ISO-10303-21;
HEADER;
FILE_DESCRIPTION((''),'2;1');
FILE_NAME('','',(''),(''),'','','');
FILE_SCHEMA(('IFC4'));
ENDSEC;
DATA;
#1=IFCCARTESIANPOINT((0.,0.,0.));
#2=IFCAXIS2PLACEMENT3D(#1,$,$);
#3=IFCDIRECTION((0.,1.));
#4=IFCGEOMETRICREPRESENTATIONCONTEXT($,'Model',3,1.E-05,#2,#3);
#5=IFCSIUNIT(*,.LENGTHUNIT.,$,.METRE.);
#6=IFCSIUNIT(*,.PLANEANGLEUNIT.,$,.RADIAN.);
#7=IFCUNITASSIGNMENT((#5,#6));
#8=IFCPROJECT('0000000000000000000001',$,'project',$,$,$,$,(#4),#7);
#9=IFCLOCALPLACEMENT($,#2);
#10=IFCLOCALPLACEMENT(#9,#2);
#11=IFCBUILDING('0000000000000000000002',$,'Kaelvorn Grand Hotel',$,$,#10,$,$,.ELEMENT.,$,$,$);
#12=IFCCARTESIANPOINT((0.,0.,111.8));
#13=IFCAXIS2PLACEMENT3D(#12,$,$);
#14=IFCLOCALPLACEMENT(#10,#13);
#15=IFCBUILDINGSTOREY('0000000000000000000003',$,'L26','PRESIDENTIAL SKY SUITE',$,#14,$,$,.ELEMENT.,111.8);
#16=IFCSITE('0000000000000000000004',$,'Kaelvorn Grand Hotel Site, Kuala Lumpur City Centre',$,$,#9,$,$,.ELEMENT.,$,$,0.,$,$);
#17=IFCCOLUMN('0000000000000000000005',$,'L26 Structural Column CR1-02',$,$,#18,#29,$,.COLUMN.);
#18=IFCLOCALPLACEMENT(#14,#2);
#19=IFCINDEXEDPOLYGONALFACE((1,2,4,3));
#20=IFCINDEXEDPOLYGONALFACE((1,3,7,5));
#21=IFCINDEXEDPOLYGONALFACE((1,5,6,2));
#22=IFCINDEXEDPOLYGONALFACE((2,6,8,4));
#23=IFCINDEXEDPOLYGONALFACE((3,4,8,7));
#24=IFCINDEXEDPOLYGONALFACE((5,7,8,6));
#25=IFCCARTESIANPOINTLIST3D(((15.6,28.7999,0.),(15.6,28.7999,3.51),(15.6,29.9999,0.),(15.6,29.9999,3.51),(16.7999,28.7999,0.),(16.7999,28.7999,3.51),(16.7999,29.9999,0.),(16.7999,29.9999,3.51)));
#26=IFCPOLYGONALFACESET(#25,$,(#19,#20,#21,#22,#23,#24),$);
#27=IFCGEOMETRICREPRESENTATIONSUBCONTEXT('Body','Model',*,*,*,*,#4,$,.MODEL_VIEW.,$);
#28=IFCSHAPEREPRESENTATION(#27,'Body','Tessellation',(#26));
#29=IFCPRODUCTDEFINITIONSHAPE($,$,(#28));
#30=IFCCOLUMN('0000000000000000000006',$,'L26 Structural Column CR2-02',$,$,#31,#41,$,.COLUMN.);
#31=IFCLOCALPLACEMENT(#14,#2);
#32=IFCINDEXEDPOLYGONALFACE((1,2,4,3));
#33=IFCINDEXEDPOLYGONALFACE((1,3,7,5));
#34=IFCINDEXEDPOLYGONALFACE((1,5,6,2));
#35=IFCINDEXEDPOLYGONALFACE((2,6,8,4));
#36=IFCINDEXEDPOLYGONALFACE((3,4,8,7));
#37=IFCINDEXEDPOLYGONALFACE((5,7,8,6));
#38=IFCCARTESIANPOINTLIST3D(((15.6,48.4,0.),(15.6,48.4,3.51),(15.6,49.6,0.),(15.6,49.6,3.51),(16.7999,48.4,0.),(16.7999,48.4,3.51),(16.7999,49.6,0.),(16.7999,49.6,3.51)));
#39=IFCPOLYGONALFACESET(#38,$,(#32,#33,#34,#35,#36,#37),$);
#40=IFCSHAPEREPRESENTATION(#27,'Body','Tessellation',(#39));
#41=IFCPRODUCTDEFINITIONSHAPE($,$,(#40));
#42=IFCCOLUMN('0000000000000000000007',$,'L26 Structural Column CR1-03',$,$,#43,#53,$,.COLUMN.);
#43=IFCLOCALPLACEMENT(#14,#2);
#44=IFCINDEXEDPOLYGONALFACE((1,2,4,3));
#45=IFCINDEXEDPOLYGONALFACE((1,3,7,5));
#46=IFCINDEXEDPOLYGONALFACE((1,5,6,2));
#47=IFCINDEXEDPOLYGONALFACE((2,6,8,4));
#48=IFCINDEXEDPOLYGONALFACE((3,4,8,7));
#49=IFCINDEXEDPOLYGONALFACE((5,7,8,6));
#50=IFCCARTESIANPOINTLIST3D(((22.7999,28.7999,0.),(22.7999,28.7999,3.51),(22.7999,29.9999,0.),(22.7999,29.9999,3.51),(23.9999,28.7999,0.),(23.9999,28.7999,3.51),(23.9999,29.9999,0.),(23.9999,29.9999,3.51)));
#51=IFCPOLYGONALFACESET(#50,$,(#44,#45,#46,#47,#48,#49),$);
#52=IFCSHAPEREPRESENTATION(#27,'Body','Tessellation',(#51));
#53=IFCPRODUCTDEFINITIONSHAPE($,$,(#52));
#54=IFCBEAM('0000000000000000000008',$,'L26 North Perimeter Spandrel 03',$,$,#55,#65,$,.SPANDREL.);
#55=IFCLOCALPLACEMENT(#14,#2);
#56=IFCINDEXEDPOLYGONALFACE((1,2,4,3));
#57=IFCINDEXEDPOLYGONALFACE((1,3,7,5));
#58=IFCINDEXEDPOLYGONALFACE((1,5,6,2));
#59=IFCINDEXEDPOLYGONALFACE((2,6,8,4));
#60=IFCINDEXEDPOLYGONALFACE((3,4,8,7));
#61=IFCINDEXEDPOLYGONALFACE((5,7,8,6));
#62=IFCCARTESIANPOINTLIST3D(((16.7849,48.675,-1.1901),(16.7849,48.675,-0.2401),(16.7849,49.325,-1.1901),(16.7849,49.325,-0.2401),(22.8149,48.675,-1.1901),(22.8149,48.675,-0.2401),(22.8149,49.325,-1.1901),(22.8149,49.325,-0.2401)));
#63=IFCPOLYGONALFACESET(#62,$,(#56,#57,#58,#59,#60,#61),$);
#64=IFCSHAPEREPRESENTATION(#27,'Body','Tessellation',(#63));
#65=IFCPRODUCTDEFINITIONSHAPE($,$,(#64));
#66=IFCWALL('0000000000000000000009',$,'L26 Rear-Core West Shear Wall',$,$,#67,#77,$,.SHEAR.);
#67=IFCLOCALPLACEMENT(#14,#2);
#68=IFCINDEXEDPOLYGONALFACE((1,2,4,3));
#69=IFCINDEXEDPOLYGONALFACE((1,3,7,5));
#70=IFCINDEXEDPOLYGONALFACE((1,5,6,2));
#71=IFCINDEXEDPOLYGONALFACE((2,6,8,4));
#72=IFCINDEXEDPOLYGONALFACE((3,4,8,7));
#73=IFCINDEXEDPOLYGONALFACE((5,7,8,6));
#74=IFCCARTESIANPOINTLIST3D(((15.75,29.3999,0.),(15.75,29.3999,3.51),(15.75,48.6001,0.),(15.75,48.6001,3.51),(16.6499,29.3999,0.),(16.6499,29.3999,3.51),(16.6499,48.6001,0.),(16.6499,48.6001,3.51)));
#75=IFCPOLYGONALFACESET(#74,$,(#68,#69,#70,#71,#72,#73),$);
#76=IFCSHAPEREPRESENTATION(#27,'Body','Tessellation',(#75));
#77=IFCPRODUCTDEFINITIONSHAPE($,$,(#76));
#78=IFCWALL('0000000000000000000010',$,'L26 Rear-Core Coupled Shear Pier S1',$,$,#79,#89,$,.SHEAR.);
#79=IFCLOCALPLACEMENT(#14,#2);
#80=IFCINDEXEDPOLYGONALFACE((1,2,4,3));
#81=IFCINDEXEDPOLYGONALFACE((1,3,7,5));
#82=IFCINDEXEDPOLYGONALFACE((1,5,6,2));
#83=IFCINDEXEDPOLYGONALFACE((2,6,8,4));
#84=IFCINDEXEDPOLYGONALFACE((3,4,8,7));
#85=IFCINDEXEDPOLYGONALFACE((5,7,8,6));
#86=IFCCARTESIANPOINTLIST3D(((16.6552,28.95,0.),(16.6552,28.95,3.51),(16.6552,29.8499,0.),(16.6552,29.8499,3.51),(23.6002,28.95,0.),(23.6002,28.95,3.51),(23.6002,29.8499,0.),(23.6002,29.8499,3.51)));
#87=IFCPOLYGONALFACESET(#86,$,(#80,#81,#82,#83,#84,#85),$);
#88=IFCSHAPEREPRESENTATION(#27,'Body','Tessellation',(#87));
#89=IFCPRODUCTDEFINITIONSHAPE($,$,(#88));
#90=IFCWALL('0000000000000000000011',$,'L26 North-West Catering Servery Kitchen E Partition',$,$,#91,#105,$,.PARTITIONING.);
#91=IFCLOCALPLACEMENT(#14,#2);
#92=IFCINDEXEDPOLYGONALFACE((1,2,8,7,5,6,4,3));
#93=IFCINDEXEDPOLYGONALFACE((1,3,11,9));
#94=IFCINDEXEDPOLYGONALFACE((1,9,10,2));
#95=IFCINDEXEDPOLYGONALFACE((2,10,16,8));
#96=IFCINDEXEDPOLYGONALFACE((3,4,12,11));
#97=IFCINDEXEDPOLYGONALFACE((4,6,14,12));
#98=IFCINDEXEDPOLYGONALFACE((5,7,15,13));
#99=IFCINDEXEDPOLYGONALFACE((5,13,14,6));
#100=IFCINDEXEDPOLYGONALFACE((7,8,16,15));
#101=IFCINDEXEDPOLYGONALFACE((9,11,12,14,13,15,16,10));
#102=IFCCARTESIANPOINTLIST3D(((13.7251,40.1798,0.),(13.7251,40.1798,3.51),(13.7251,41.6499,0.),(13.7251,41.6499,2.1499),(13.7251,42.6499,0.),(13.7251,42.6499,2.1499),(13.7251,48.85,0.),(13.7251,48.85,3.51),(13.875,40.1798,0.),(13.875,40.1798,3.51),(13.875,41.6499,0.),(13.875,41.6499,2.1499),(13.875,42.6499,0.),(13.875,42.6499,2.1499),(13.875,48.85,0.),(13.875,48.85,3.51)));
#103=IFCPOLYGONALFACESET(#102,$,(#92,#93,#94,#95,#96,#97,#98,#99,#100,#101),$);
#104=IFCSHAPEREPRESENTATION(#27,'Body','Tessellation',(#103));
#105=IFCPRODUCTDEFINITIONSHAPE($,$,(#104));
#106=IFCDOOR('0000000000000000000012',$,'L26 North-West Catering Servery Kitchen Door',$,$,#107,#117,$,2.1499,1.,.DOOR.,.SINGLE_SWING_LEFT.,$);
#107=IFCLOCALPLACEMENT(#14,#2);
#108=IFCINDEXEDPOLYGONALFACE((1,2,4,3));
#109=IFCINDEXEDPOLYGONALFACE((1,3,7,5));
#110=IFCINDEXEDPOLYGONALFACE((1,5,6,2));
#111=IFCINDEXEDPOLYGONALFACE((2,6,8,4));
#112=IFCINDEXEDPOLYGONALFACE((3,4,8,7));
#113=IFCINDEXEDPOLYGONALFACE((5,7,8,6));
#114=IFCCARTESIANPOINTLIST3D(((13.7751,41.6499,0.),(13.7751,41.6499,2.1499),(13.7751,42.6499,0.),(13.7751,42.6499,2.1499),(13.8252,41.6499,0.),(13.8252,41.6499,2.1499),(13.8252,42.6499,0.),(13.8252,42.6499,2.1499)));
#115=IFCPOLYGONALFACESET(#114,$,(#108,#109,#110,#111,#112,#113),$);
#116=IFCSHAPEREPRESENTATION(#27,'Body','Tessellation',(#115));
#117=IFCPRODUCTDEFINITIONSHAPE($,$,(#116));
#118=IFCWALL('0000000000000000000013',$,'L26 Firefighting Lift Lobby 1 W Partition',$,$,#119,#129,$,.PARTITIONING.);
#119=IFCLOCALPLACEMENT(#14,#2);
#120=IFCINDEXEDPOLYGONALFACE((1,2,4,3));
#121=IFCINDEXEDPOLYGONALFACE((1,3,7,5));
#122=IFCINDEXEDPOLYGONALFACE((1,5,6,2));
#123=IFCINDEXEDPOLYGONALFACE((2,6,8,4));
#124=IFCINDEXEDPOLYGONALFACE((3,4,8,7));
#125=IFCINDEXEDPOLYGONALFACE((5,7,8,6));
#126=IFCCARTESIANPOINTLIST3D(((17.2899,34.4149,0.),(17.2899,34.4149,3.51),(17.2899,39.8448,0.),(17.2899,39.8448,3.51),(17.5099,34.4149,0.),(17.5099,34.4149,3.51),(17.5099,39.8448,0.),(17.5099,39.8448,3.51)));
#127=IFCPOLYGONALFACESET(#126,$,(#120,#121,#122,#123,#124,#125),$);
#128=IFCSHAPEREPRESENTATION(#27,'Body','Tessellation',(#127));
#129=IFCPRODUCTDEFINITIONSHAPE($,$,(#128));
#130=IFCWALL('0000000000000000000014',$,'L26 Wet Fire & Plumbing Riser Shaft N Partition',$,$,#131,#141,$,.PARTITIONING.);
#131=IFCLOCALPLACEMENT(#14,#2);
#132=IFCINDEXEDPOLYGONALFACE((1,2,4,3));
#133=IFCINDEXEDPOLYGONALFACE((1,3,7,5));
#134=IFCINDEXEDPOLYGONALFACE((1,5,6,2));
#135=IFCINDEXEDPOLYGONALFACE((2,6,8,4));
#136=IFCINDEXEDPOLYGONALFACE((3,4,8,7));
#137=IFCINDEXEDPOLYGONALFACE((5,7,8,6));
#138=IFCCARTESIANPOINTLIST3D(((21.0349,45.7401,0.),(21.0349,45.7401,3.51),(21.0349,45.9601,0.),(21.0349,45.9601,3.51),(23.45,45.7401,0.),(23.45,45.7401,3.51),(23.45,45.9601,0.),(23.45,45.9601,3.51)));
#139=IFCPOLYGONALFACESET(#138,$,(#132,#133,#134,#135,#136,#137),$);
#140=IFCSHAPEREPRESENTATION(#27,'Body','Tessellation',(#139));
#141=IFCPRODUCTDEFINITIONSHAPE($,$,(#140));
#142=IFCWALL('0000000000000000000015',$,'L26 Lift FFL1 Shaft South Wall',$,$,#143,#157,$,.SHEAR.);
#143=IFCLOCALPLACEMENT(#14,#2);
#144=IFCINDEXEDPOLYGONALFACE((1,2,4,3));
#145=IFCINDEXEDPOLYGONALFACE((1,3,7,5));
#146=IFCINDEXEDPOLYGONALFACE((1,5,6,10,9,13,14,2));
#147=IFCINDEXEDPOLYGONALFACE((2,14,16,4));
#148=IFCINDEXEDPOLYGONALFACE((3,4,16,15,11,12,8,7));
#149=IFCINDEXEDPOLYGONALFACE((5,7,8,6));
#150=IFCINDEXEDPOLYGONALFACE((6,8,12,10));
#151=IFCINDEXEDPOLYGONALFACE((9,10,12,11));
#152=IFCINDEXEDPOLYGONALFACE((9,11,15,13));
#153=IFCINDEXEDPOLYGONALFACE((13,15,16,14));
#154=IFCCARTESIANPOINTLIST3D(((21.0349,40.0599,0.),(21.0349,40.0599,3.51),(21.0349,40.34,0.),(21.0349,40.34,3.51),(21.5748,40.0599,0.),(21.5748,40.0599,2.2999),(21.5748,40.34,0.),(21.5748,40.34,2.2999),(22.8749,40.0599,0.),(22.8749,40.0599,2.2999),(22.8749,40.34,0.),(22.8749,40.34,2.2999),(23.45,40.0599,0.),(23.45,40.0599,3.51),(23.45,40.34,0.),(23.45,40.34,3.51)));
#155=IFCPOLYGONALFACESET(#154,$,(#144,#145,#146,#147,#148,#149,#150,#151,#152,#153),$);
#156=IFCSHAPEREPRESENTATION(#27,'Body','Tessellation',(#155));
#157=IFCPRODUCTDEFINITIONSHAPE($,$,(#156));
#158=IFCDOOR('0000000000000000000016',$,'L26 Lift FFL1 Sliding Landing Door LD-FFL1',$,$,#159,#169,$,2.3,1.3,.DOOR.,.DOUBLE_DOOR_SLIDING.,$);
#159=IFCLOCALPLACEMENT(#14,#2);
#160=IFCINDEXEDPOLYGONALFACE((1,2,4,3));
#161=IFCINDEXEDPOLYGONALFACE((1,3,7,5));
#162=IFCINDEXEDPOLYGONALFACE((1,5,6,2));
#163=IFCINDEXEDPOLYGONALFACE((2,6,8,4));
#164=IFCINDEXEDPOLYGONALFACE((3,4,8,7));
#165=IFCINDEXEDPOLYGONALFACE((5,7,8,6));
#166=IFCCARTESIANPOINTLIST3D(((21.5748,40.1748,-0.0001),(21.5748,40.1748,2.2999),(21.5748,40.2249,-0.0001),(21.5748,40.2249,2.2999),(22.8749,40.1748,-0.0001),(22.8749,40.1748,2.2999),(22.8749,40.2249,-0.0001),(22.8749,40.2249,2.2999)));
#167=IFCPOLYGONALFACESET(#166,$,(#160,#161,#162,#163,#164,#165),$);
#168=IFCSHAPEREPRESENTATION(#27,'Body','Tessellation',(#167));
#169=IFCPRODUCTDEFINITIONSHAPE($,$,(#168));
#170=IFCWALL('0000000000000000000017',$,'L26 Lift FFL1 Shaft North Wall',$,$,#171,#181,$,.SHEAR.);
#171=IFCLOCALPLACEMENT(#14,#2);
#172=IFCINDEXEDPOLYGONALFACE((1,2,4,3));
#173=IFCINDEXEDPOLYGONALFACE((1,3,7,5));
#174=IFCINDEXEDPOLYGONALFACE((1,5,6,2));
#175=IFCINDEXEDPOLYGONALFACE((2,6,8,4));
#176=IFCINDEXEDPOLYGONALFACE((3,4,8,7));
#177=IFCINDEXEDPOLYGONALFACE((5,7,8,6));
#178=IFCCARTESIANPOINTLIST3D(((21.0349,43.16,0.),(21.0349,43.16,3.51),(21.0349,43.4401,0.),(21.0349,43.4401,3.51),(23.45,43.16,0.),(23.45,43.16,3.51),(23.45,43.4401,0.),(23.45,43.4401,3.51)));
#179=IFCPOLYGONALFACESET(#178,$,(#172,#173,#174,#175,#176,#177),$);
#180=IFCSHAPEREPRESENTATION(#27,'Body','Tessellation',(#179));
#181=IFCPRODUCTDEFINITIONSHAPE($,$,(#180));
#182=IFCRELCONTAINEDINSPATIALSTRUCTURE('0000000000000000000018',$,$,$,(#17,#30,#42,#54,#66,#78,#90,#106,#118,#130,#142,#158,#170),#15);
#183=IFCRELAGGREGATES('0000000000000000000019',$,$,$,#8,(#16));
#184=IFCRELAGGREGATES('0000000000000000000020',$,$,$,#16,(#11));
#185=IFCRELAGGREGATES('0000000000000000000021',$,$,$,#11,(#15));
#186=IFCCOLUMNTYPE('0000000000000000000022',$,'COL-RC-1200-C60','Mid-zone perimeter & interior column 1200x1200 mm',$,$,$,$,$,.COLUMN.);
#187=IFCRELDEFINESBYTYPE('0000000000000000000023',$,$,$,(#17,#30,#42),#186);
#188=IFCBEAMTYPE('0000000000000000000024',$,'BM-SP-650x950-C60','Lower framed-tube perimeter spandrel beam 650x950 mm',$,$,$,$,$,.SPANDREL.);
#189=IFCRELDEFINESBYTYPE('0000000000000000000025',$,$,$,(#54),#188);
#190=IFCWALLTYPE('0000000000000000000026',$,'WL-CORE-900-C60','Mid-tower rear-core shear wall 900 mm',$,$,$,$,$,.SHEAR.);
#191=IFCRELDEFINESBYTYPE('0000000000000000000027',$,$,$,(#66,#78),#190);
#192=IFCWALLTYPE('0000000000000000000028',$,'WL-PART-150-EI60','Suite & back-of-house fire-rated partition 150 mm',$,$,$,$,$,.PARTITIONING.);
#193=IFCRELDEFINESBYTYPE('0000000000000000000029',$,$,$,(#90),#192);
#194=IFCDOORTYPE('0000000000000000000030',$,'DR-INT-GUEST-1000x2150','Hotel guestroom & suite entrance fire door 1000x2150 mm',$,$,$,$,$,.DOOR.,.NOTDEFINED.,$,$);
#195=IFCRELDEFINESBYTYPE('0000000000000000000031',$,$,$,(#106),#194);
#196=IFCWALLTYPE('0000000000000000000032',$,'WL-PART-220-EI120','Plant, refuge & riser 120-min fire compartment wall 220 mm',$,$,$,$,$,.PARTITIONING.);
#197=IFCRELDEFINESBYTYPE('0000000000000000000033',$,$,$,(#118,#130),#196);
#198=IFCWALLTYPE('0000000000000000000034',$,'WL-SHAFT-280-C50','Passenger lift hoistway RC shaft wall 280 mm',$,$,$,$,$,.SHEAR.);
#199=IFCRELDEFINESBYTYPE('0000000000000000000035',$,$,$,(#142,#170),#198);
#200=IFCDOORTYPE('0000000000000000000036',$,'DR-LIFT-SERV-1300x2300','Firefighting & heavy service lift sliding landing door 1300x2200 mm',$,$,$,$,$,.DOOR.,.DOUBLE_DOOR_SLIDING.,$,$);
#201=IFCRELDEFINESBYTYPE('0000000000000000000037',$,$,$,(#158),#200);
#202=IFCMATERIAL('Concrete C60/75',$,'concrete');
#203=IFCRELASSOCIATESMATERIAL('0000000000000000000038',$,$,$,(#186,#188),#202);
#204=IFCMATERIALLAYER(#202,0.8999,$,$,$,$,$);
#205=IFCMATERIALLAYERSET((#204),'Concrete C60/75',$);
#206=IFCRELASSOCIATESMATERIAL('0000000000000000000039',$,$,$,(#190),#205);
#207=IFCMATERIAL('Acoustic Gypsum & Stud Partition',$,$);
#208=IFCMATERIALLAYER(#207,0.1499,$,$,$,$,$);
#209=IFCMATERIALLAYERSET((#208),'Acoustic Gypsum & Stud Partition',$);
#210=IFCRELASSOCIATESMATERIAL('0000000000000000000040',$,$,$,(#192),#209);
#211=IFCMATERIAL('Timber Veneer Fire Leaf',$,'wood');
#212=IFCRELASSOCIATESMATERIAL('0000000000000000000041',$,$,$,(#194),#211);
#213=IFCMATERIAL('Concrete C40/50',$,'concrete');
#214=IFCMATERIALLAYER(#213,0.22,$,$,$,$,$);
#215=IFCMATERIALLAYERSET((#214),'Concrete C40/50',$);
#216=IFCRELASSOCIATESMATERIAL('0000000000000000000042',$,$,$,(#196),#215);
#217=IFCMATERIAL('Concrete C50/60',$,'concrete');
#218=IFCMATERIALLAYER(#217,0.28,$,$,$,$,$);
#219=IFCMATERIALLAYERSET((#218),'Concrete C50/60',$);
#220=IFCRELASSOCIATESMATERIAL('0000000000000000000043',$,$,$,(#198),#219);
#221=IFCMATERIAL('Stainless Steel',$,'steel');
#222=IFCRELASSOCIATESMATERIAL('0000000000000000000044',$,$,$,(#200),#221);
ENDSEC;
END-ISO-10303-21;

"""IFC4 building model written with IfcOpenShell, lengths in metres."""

from ifc_helpers import new_model, si_unit, direction, frame, frame_2d, origin, origin_2d, place, context, subcontext, project, spatial, rectangle, extrude, material, layer, layer_set, material_profile, profile_set, type_object, element, fill, save


model = new_model("IFC4")

# Units and contexts
model_context = context("Model", 3, precision=1e-05, world=origin(), true_north=direction((0.0, 1.0)))
body_context = subcontext(model_context, "Body", "Model", "MODEL_VIEW")
ifc_project = project(units=[si_unit("LENGTHUNIT", "METRE"), si_unit("PLANEANGLEUNIT", "RADIAN")], contexts=[model_context])

# Site, building, storey
site_placement = place(None, origin())
site = spatial("IfcSite", under=ifc_project, at=site_placement, Name="Kaelvorn Grand Hotel Site, Kuala Lumpur City Centre", CompositionType="ELEMENT", RefElevation=0.0)
building_placement = place(site_placement, origin())
building = spatial("IfcBuilding", under=site, at=building_placement, Name="Kaelvorn Grand Hotel", CompositionType="ELEMENT")
storey_placement = place(building_placement, frame((0.0, 0.0, 111.8)))
storey = spatial("IfcBuildingStorey", under=building, at=storey_placement, Name="L26", Description="PRESIDENTIAL SKY SUITE", CompositionType="ELEMENT", Elevation=111.8)

# Columns
ifc_material_1 = material(Name="Concrete C60/75", Category="concrete")
ifc_material_profile_1 = material_profile(ifc_material_1, rectangle(XDim=1.2, YDim=1.2, at=origin_2d()), Name="RC COL 1200x1200")
ifc_profile_set_1 = profile_set([ifc_material_profile_1], Name="Concrete C60/75")
column_type = type_object("IfcColumnType", Name="COL-RC-1200-C60", Description="Mid-zone perimeter & interior column 1200x1200 mm", PredefinedType="COLUMN", material=ifc_profile_set_1)
for number, where, z_axis, x_axis, name in (
    (1, (16.2, 29.3999, 0.0), (0.0, 0.0, 1.0), (1.0, 0.0, 0.0), "L26 Structural Column CR1-02"),
    (2, (16.2, 49.0, 0.0), (0.0, 0.0, 1.0), (1.0, 0.0, 0.0), "L26 Structural Column CR2-02"),
    (3, (23.3999, 29.3999, 0.0), (0.0, 0.0, 1.0), (1.0, 0.0, 0.0), "L26 Structural Column CR1-03"),
):
    element("IfcColumn", number, at=place(storey_placement, frame(where, z_axis=z_axis, x_axis=x_axis)), inside=storey, type_object=column_type, Name=name, PredefinedType="COLUMN", context=body_context, shape_type="SweptSolid", body=[
        extrude(rectangle(XDim=1.2, YDim=1.2, at=origin_2d()), origin(), (0.0, 0.0, 1.0), 3.51),
    ])

# Beam
ifc_material_profile_2 = material_profile(ifc_material_1, rectangle(XDim=0.6499, YDim=0.95, at=origin_2d()), Name="RC SPANDREL 650x950")
ifc_profile_set_2 = profile_set([ifc_material_profile_2], Name="Concrete C60/75")
beam_type = type_object("IfcBeamType", Name="BM-SP-650x950-C60", Description="Lower framed-tube perimeter spandrel beam 650x950 mm", PredefinedType="SPANDREL", material=ifc_profile_set_2)
beam_placement = place(storey_placement, frame((16.7849, 49.0, -0.7151), z_axis=(1.0, 0.0, 0.0), x_axis=(0.0, 1.0, 0.0)))
element("IfcBeam", 4, at=beam_placement, inside=storey, type_object=beam_type, Name="L26 North Perimeter Spandrel 03", PredefinedType="SPANDREL", context=body_context, shape_type="SweptSolid", body=[
    extrude(rectangle(XDim=0.6499, YDim=0.95, at=origin_2d()), origin(), (0.0, 0.0, 1.0), 6.03),
])

# Walls
ifc_layer_1 = layer(ifc_material_1, 0.8999)
ifc_layer_set_1 = layer_set([ifc_layer_1], Name="Concrete C60/75")
wall_type_1 = type_object("IfcWallType", Name="WL-CORE-900-C60", Description="Mid-tower rear-core shear wall 900 mm", PredefinedType="SHEAR", material=ifc_layer_set_1)
wall_1_placement = place(storey_placement, frame((16.2, 29.3999, 0.0), z_axis=(0.0, 0.0, 1.0), x_axis=(0.0, 1.0, 0.0)))
element("IfcWall", 5, at=wall_1_placement, inside=storey, type_object=wall_type_1, Name="L26 Rear-Core West Shear Wall", PredefinedType="SHEAR", context=body_context, shape_type="SweptSolid", body=[
    extrude(rectangle(XDim=19.2002, YDim=0.8999, at=frame_2d((9.6001, 0.0))), origin(), (0.0, 0.0, 1.0), 3.51),
])
wall_2_placement = place(storey_placement, frame((16.655, 29.3999, 0.0), z_axis=(0.0, 0.0, 1.0), x_axis=(1.0, 0.0, 0.0)))
element("IfcWall", 6, at=wall_2_placement, inside=storey, type_object=wall_type_1, Name="L26 Rear-Core Coupled Shear Pier S1", PredefinedType="SHEAR", context=body_context, shape_type="SweptSolid", body=[
    extrude(rectangle(XDim=6.9451, YDim=0.8999, at=frame_2d((3.4727, 0.0))), origin(), (0.0, 0.0, 1.0), 3.51),
])

# Wall, opening, door
ifc_material_2 = material(Name="Acoustic Gypsum & Stud Partition")
ifc_layer_2 = layer(ifc_material_2, 0.1499)
ifc_layer_set_2 = layer_set([ifc_layer_2], Name="Acoustic Gypsum & Stud Partition")
wall_type_2 = type_object("IfcWallType", Name="WL-PART-150-EI60", Description="Suite & back-of-house fire-rated partition 150 mm", PredefinedType="PARTITIONING", material=ifc_layer_set_2)
wall_3_placement = place(storey_placement, frame((13.8, 40.1799, 0.0), z_axis=(0.0, 0.0, 1.0), x_axis=(0.0, 1.0, 0.0)))
wall_3 = element("IfcWall", 7, at=wall_3_placement, inside=storey, type_object=wall_type_2, Name="L26 North-West Catering Servery Kitchen E Partition", PredefinedType="PARTITIONING", context=body_context, shape_type="SweptSolid", body=[
    extrude(rectangle(XDim=8.6702, YDim=0.1499, at=frame_2d((4.335, 0.0))), origin(), (0.0, 0.0, 1.0), 3.51),
])
opening_1_placement = place(wall_3_placement, frame((1.47, 0.0, 0.0)))
opening_1 = element("IfcOpeningElement", 8, at=opening_1_placement, cuts=wall_3, PredefinedType="OPENING", context=body_context, shape_type="SweptSolid", body=[
    extrude(rectangle(XDim=1.0, YDim=2.1499, at=frame_2d((0.5, 1.075))), frame((0.0, 0.085, 0.0), z_axis=(0.0, -1.0, 0.0), x_axis=(1.0, 0.0, 0.0)), (0.0, 0.0, 1.0), 0.1699),
])
ifc_material_3 = material(Name="Timber Veneer Fire Leaf", Category="wood")
door_type_1 = type_object("IfcDoorType", Name="DR-INT-GUEST-1000x2150", Description="Hotel guestroom & suite entrance fire door 1000x2150 mm", OperationType="NOTDEFINED", PredefinedType="DOOR", material=ifc_material_3)
door_1_placement = place(opening_1_placement, origin())
door_1 = element("IfcDoor", 9, at=door_1_placement, inside=storey, type_object=door_type_1, Name="L26 North-West Catering Servery Kitchen Door", OperationType="SINGLE_SWING_LEFT", OverallHeight=2.1499, OverallWidth=1.0, PredefinedType="DOOR", context=body_context, shape_type="SweptSolid", body=[
    extrude(rectangle(XDim=1.0, YDim=2.1499, at=frame_2d((0.5, 1.075))), frame((0.0, 0.0249, 0.0), z_axis=(0.0, -1.0, 0.0), x_axis=(1.0, 0.0, 0.0)), (0.0, 0.0, 1.0), 0.05),
])
fill(opening_1, door_1)
ifc_material_4 = material(Name="Concrete C40/50", Category="concrete")
ifc_layer_3 = layer(ifc_material_4, 0.22)
ifc_layer_set_3 = layer_set([ifc_layer_3], Name="Concrete C40/50")
wall_type_3 = type_object("IfcWallType", Name="WL-PART-220-EI120", Description="Plant, refuge & riser 120-min fire compartment wall 220 mm", PredefinedType="PARTITIONING", material=ifc_layer_set_3)

# Walls
wall_4_placement = place(storey_placement, frame((17.3999, 34.415, 0.0), z_axis=(0.0, 0.0, 1.0), x_axis=(0.0, 1.0, 0.0)))
element("IfcWall", 10, at=wall_4_placement, inside=storey, type_object=wall_type_3, Name="L26 Firefighting Lift Lobby 1 W Partition", PredefinedType="PARTITIONING", context=body_context, shape_type="SweptSolid", body=[
    extrude(rectangle(XDim=5.4299, YDim=0.22, at=frame_2d((2.7148, 0.0))), origin(), (0.0, 0.0, 1.0), 3.51),
])
wall_5_placement = place(storey_placement, frame((21.0349, 45.8501, 0.0), z_axis=(0.0, 0.0, 1.0), x_axis=(1.0, 0.0, 0.0)))
element("IfcWall", 11, at=wall_5_placement, inside=storey, type_object=wall_type_3, Name="L26 Wet Fire & Plumbing Riser Shaft N Partition", PredefinedType="PARTITIONING", context=body_context, shape_type="SweptSolid", body=[
    extrude(rectangle(XDim=2.415, YDim=0.22, at=frame_2d((1.2075, 0.0))), origin(), (0.0, 0.0, 1.0), 3.51),
])

# Wall, opening, door
ifc_material_5 = material(Name="Concrete C50/60", Category="concrete")
ifc_layer_4 = layer(ifc_material_5, 0.28)
ifc_layer_set_4 = layer_set([ifc_layer_4], Name="Concrete C50/60")
wall_type_4 = type_object("IfcWallType", Name="WL-SHAFT-280-C50", Description="Passenger lift hoistway RC shaft wall 280 mm", PredefinedType="SHEAR", material=ifc_layer_set_4)
wall_6_placement = place(storey_placement, frame((21.0349, 40.2, 0.0), z_axis=(0.0, 0.0, 1.0), x_axis=(1.0, 0.0, 0.0)))
wall_6 = element("IfcWall", 12, at=wall_6_placement, inside=storey, type_object=wall_type_4, Name="L26 Lift FFL1 Shaft South Wall", PredefinedType="SHEAR", context=body_context, shape_type="SweptSolid", body=[
    extrude(rectangle(XDim=2.415, YDim=0.28, at=frame_2d((1.2075, 0.0))), origin(), (0.0, 0.0, 1.0), 3.51),
])
opening_2_placement = place(wall_6_placement, frame((0.54, 0.0, 0.0)))
opening_2 = element("IfcOpeningElement", 13, at=opening_2_placement, cuts=wall_6, PredefinedType="OPENING", context=body_context, shape_type="SweptSolid", body=[
    extrude(rectangle(XDim=1.3, YDim=2.3, at=frame_2d((0.6499, 1.1499))), frame((0.0, 0.1499, 0.0), z_axis=(0.0, -1.0, 0.0), x_axis=(1.0, 0.0, 0.0)), (0.0, 0.0, 1.0), 0.3),
])
ifc_material_6 = material(Name="Stainless Steel", Category="steel")
door_type_2 = type_object("IfcDoorType", Name="DR-LIFT-SERV-1300x2300", Description="Firefighting & heavy service lift sliding landing door 1300x2200 mm", OperationType="DOUBLE_DOOR_SLIDING", PredefinedType="DOOR", material=ifc_material_6)
door_2_placement = place(opening_2_placement, origin())
door_2 = element("IfcDoor", 14, at=door_2_placement, inside=storey, type_object=door_type_2, Name="L26 Lift FFL1 Sliding Landing Door LD-FFL1", OperationType="DOUBLE_DOOR_SLIDING", OverallHeight=2.3, OverallWidth=1.3, PredefinedType="DOOR", context=body_context, shape_type="SweptSolid", body=[
    extrude(rectangle(XDim=1.3, YDim=2.3, at=frame_2d((0.6499, 1.1499))), frame((0.0, 0.0249, 0.0), z_axis=(0.0, -1.0, 0.0), x_axis=(1.0, 0.0, 0.0)), (0.0, 0.0, 1.0), 0.05),
])
fill(opening_2, door_2)

# Wall
wall_7_placement = place(storey_placement, frame((21.0349, 43.3, 0.0), z_axis=(0.0, 0.0, 1.0), x_axis=(1.0, 0.0, 0.0)))
element("IfcWall", 15, at=wall_7_placement, inside=storey, type_object=wall_type_4, Name="L26 Lift FFL1 Shaft North Wall", PredefinedType="SHEAR", context=body_context, shape_type="SweptSolid", body=[
    extrude(rectangle(XDim=2.415, YDim=0.28, at=frame_2d((1.2075, 0.0))), origin(), (0.0, 0.0, 1.0), 3.51),
])

save(model, "model.ifc")
